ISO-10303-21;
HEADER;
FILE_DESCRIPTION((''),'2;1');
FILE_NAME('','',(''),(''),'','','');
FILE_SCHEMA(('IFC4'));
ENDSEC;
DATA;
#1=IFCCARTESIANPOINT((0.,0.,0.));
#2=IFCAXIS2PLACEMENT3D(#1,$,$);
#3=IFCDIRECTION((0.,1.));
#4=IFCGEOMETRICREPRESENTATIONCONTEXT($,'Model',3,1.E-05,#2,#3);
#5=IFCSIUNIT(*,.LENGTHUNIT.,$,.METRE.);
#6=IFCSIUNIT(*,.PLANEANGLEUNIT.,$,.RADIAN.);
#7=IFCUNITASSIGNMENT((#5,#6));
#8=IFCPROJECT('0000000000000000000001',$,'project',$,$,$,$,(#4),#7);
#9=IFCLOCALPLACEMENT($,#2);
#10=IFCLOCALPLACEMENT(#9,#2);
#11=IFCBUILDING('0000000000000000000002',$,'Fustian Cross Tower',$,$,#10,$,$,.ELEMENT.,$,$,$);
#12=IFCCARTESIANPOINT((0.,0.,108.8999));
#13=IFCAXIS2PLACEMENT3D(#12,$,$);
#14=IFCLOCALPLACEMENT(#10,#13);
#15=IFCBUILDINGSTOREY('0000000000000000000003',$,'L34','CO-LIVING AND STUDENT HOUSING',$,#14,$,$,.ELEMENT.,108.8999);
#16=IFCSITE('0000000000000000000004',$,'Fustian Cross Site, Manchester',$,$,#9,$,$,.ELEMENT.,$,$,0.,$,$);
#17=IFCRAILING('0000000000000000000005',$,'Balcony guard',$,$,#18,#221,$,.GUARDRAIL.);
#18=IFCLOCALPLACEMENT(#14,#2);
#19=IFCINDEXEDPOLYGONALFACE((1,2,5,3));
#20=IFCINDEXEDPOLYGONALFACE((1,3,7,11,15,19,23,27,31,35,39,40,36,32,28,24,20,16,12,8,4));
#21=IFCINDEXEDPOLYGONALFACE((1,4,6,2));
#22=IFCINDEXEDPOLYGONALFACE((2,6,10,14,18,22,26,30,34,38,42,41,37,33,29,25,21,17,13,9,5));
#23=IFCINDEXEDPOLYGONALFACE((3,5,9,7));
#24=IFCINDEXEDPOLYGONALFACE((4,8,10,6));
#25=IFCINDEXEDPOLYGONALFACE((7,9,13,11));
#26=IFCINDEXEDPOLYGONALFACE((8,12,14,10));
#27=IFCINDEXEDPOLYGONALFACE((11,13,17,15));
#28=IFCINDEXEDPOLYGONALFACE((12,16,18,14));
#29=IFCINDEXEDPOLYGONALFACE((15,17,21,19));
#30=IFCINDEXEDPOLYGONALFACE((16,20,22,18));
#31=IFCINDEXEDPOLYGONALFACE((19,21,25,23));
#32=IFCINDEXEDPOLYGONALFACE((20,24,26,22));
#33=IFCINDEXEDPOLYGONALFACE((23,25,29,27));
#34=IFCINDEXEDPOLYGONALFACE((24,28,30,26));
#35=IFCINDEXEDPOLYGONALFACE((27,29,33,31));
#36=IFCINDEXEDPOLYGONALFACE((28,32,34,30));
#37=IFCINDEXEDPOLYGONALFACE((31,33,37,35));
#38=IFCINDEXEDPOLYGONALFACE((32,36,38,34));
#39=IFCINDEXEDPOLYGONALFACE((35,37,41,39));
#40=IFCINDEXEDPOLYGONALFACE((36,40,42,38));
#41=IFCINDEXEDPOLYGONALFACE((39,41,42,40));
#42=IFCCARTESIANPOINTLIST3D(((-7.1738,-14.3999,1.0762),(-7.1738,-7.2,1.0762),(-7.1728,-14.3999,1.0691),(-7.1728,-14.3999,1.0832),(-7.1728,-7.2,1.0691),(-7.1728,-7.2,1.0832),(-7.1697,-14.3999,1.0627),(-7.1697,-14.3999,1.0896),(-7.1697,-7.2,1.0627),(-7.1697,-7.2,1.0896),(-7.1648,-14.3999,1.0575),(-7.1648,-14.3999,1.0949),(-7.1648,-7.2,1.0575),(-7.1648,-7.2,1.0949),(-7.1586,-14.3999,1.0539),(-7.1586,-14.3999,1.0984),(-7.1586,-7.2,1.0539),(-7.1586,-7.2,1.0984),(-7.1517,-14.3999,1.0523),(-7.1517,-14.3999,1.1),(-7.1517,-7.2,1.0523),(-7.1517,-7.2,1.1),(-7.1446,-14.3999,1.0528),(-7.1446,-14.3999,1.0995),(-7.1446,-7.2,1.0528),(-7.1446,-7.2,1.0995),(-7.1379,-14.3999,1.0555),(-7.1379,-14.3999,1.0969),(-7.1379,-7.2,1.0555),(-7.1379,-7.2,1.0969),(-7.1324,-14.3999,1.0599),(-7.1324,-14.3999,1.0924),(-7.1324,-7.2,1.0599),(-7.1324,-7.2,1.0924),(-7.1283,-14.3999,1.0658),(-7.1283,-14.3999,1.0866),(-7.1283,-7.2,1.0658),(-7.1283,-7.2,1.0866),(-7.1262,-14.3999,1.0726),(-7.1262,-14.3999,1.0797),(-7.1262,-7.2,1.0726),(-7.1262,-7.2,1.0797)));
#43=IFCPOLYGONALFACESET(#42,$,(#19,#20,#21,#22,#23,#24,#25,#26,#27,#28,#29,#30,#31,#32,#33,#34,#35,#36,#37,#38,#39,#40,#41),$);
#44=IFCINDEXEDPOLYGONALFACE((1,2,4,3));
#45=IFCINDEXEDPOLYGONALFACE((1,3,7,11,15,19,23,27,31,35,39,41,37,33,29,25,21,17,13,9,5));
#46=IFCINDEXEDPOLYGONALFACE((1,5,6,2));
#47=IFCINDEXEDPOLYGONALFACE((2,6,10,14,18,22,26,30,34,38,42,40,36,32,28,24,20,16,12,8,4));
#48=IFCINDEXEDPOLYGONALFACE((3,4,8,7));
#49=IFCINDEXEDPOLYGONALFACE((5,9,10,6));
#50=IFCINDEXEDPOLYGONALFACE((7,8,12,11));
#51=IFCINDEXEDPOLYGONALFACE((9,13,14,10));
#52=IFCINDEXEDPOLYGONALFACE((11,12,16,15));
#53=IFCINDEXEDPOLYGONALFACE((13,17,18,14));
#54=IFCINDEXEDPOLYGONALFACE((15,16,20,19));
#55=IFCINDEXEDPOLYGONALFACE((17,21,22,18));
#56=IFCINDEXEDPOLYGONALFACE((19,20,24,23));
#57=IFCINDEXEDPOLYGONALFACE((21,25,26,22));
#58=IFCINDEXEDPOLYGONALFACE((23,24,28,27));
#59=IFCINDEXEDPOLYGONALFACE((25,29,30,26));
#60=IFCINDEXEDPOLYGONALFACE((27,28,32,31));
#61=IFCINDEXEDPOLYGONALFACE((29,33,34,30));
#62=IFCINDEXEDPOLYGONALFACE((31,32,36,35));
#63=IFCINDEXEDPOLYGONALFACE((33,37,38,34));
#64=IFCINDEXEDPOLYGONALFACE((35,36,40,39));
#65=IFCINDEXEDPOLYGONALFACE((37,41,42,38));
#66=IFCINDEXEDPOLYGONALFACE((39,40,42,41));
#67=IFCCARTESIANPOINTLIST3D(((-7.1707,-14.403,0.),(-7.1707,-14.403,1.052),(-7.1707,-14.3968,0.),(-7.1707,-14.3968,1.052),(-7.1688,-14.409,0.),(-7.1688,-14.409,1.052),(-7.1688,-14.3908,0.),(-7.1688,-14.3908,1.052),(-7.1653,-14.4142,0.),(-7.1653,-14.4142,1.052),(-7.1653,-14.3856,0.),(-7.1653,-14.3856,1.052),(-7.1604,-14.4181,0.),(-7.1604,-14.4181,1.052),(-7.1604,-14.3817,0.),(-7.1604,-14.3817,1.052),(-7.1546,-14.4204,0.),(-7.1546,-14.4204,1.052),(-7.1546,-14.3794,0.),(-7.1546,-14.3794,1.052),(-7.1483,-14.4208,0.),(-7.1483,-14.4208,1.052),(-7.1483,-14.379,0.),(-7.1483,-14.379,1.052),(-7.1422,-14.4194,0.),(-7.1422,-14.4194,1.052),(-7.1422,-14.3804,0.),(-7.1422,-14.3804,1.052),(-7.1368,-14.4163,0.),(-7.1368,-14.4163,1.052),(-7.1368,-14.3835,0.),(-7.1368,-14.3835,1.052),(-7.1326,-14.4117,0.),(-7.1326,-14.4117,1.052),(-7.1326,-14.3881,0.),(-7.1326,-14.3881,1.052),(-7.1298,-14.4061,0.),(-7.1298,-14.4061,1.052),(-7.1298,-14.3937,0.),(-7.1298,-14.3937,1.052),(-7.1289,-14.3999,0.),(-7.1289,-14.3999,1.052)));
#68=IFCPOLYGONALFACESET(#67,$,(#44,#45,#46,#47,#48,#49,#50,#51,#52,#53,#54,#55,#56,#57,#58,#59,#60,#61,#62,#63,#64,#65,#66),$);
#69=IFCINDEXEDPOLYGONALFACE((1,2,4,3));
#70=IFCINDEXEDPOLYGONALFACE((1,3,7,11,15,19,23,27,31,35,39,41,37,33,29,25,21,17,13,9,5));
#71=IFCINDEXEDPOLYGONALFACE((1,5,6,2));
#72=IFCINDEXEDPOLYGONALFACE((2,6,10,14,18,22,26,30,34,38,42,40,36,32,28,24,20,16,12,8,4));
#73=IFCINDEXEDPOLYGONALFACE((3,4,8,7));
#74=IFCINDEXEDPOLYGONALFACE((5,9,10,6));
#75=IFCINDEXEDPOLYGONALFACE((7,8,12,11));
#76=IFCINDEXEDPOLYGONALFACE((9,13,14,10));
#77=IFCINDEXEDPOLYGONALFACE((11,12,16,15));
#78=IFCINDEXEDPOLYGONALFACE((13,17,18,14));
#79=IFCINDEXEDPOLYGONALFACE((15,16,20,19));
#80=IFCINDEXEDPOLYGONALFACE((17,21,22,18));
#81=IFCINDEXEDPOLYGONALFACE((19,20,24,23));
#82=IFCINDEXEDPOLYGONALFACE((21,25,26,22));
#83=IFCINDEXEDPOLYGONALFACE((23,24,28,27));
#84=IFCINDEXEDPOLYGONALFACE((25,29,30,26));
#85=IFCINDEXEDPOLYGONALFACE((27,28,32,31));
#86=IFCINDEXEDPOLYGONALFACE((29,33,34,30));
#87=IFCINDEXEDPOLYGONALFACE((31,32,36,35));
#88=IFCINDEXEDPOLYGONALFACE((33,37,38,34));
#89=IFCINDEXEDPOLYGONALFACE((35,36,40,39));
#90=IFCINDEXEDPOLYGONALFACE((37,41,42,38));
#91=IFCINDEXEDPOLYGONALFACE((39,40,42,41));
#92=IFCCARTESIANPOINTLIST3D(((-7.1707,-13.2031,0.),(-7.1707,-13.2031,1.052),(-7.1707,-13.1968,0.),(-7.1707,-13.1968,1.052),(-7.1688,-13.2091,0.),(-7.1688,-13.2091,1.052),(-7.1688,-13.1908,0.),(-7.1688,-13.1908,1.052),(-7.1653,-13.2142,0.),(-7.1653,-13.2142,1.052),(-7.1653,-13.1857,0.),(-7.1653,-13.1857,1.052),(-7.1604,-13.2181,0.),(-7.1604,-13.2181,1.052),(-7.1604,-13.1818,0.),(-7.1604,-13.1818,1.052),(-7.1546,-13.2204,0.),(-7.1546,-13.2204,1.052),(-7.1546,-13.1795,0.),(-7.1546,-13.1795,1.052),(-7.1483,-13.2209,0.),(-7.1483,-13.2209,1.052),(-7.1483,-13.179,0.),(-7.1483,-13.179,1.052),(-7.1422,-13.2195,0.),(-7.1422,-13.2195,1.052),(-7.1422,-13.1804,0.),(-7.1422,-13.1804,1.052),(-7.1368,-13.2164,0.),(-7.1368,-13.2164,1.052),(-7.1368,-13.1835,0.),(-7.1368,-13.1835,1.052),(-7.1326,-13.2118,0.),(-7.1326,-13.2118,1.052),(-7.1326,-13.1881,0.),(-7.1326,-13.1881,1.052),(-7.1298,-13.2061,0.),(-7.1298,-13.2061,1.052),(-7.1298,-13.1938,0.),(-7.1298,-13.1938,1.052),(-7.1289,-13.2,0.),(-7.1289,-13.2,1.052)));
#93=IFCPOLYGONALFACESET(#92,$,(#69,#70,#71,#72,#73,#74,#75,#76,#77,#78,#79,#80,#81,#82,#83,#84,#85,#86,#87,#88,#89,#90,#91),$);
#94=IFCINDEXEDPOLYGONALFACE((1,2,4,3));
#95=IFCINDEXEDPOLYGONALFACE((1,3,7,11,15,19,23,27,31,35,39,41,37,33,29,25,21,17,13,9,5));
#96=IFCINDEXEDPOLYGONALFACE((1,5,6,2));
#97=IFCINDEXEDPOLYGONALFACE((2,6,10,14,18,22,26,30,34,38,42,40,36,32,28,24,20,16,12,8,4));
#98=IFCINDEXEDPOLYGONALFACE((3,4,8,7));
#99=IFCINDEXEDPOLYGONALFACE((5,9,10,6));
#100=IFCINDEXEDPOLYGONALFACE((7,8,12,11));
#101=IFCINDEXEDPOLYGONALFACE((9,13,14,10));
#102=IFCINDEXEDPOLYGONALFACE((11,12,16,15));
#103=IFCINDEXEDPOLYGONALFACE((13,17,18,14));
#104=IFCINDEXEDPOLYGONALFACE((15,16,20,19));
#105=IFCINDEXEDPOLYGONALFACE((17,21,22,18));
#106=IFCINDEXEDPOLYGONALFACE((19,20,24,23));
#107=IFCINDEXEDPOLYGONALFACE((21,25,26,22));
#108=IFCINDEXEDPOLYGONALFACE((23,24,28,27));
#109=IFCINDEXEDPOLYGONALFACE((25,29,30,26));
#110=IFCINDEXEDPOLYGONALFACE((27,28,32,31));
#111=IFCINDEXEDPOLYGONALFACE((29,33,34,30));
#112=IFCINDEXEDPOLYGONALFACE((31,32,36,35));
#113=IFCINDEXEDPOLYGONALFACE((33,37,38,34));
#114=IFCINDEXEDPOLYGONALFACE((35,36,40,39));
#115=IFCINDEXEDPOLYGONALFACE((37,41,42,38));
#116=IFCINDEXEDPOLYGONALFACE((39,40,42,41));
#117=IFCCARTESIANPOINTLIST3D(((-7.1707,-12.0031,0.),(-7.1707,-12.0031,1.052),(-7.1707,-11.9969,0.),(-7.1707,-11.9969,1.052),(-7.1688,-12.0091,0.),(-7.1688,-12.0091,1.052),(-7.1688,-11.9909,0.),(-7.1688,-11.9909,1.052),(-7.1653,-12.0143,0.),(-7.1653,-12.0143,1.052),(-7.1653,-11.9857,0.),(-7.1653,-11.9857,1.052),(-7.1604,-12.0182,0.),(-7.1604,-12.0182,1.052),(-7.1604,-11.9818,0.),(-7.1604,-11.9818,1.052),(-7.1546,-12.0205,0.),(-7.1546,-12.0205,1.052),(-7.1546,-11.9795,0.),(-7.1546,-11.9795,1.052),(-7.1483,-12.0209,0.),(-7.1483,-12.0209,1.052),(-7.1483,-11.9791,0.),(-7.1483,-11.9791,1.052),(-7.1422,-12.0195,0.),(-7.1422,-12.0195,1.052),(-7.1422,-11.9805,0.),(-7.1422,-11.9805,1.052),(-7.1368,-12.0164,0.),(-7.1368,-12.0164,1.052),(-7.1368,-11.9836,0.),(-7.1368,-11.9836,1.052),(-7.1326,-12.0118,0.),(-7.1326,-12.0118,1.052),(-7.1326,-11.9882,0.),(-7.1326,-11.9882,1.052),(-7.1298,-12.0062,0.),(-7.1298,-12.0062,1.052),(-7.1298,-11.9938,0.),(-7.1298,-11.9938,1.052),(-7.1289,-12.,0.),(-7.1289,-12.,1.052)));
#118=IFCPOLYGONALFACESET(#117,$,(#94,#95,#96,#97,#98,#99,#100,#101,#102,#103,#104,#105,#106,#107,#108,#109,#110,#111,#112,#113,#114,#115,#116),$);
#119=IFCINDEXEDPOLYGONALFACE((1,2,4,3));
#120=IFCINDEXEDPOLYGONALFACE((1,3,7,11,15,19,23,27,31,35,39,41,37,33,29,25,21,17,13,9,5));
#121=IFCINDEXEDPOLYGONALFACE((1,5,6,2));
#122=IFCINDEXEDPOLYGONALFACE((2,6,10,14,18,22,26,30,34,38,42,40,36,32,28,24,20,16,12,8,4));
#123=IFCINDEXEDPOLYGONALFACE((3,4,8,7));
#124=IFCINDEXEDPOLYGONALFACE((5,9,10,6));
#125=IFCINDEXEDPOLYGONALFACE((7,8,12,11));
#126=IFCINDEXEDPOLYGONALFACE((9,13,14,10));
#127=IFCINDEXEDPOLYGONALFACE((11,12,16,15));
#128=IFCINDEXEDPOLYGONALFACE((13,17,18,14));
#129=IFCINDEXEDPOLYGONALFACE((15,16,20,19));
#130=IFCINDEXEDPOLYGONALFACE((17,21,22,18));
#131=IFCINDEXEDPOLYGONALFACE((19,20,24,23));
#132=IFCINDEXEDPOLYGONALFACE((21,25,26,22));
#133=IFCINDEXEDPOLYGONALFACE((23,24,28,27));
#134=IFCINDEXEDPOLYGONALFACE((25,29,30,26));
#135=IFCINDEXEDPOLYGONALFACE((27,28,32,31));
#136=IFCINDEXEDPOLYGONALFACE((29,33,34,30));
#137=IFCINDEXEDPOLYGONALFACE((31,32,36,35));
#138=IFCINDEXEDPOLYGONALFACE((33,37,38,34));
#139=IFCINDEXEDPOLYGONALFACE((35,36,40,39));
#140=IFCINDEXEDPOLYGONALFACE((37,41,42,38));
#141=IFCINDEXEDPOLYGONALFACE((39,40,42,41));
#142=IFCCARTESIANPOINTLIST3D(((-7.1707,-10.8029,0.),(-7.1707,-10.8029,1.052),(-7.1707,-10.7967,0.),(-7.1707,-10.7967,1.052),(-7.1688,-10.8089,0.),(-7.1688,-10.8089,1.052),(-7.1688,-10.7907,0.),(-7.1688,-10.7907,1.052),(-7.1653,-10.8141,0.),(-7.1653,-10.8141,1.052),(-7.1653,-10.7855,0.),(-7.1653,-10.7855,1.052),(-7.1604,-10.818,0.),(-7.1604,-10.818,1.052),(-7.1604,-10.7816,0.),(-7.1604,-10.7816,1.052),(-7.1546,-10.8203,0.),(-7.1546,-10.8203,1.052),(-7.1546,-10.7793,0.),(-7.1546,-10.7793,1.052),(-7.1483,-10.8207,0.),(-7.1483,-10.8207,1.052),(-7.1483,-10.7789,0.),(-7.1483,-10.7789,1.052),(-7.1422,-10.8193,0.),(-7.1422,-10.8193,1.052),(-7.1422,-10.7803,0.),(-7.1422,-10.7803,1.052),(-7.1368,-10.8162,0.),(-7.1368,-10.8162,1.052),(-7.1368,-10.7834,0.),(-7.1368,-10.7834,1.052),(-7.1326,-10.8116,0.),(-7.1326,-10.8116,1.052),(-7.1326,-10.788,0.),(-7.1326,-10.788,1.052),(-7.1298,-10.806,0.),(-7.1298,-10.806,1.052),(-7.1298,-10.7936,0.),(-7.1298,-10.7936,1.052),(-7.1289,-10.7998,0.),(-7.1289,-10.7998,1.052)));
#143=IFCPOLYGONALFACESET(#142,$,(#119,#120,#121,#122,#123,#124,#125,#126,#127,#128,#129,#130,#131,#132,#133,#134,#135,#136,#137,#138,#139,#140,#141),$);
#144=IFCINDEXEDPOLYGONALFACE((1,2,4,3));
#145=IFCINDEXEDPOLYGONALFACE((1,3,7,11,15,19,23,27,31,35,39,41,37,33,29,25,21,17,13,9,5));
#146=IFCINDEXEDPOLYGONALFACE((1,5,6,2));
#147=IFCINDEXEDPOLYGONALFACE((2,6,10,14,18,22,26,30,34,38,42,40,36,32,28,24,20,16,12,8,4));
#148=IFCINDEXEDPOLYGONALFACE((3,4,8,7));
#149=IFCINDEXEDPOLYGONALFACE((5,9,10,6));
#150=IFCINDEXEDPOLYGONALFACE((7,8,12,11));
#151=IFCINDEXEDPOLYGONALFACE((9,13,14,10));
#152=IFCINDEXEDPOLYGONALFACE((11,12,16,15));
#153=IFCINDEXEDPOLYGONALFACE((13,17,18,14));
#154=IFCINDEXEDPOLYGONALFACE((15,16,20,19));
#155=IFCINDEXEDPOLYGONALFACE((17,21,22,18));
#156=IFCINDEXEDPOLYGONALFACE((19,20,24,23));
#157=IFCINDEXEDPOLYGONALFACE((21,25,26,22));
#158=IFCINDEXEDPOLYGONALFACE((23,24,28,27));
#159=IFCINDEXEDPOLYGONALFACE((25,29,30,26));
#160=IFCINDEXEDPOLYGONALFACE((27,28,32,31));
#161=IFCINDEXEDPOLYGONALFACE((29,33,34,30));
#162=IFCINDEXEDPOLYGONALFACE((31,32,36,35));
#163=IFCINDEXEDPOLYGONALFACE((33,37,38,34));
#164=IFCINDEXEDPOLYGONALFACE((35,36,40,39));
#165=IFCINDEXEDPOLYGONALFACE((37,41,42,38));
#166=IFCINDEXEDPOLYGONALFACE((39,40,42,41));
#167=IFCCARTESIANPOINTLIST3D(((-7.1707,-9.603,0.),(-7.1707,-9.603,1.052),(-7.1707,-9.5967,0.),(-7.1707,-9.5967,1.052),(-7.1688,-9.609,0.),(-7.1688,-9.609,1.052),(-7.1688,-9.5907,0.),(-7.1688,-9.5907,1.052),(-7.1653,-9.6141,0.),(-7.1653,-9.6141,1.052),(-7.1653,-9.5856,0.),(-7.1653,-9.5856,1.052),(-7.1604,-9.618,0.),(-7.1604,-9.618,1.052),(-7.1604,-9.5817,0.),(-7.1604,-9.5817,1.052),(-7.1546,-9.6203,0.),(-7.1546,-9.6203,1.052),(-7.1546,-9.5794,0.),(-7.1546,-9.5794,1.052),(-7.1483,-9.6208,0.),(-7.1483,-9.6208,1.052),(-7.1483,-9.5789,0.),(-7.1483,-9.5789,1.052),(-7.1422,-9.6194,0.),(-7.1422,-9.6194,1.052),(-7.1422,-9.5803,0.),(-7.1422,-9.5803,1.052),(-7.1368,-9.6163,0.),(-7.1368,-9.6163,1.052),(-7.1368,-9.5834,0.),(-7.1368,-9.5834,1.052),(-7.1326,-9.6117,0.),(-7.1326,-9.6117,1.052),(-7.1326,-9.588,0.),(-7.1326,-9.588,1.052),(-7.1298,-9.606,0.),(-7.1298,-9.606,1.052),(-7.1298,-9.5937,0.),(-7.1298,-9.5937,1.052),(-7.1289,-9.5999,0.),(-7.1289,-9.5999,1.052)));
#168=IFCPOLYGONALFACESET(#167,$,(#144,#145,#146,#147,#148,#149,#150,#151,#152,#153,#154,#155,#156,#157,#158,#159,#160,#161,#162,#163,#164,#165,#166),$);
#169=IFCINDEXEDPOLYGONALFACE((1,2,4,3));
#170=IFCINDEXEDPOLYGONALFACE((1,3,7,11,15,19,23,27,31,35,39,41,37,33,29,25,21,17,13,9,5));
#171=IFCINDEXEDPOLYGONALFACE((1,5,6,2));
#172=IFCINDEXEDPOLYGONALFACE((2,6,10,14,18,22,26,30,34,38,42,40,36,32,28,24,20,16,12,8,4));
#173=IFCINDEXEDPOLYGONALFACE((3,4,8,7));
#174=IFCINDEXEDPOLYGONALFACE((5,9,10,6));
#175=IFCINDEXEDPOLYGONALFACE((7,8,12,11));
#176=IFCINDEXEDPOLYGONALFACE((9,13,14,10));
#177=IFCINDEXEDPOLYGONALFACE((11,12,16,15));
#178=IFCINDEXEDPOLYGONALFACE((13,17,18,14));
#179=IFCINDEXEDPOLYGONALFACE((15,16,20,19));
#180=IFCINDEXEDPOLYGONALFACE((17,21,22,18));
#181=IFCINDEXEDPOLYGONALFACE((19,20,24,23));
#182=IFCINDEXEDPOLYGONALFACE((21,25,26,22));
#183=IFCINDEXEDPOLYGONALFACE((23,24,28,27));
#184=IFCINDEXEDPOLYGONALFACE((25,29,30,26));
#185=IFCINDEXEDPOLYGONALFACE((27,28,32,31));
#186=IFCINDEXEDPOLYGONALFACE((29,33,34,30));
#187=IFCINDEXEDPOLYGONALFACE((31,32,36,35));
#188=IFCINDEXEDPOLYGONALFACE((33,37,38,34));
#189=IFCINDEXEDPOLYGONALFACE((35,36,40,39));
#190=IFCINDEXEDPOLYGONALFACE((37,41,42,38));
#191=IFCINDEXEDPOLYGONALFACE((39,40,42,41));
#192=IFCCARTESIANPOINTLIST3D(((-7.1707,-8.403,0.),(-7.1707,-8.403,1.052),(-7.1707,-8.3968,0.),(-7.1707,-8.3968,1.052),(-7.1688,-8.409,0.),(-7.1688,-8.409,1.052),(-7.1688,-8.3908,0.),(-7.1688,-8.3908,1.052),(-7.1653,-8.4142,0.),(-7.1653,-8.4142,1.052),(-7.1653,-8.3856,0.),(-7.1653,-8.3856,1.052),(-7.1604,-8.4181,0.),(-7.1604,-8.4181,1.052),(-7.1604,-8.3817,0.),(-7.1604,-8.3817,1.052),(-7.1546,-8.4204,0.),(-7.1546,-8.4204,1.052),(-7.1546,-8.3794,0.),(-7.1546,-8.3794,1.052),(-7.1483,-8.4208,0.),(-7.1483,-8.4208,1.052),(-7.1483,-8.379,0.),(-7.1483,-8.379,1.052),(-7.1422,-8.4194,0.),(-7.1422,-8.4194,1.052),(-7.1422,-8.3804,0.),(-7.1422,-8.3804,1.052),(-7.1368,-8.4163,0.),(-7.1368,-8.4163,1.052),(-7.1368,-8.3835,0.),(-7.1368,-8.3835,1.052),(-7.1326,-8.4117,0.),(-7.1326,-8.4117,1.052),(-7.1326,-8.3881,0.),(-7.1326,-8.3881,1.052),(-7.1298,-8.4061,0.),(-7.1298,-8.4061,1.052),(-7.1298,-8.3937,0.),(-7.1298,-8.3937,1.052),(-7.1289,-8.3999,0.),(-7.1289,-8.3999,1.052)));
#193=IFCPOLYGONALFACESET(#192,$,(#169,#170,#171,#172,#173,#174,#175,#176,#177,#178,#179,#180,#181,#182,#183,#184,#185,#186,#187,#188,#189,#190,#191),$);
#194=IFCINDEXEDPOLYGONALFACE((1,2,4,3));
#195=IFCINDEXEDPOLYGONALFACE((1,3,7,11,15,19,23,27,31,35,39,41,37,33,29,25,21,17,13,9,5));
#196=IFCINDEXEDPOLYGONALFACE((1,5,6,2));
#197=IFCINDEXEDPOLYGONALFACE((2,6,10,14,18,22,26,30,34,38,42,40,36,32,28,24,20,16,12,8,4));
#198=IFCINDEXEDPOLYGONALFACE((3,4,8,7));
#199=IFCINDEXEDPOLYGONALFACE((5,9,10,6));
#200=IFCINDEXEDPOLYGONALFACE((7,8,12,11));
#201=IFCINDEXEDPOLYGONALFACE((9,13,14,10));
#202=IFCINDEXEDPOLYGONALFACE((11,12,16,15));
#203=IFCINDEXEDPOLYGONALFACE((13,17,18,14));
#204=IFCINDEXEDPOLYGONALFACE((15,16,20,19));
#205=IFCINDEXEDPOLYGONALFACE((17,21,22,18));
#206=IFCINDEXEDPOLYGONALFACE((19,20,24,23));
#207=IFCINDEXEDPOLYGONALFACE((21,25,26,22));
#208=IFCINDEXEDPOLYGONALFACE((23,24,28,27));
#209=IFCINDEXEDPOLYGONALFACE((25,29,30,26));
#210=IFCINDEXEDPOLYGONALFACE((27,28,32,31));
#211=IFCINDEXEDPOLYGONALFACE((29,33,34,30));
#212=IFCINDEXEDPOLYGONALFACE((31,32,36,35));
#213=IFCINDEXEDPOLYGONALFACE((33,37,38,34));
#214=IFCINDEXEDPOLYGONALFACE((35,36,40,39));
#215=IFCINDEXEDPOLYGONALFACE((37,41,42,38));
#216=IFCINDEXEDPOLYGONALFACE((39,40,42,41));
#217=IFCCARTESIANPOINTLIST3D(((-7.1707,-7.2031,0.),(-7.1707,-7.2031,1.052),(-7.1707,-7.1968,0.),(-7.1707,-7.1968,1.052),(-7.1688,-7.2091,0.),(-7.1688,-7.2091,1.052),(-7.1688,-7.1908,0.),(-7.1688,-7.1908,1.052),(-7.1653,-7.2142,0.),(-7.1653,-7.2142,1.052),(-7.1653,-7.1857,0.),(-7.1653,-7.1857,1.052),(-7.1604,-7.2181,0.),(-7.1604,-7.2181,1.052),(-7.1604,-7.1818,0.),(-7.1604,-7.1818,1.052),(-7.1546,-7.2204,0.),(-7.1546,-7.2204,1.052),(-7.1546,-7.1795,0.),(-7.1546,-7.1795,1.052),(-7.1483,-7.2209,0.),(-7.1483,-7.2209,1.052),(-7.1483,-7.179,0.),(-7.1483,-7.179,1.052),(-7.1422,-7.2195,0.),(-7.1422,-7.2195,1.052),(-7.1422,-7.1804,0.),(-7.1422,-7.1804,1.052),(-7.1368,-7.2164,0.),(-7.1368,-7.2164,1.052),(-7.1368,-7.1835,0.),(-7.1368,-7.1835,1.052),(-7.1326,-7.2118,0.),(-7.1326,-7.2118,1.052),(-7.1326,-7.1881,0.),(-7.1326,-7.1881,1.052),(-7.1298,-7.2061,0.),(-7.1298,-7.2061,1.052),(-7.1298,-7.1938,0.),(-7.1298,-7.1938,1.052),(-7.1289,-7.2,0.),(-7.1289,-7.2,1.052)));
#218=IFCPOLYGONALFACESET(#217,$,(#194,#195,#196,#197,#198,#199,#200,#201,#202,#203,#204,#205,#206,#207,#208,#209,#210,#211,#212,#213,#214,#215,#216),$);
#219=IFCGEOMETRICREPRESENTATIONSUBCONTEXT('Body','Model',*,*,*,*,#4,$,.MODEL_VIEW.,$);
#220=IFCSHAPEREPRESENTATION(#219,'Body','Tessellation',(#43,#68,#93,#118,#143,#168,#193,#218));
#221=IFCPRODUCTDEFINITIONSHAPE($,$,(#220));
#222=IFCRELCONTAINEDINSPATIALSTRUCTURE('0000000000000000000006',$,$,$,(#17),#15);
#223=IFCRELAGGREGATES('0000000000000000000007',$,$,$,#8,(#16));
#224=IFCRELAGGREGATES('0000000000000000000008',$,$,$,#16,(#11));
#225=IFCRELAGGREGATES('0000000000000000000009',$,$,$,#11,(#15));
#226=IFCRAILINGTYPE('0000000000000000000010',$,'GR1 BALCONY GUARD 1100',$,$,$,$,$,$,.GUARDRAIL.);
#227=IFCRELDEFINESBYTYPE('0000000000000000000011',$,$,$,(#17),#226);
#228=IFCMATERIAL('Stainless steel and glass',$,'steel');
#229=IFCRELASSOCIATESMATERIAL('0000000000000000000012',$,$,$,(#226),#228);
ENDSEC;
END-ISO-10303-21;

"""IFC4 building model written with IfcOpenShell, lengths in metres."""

from ifc_helpers import new_model, si_unit, direction, frame, origin, origin_2d, place, context, subcontext, project, spatial, circle, extrude, material, type_object, element, save


model = new_model("IFC4")

# Units and contexts
model_context = context("Model", 3, precision=1e-05, world=origin(), true_north=direction((0.0, 1.0)))
body_context = subcontext(model_context, "Body", "Model", "MODEL_VIEW")
ifc_project = project(units=[si_unit("LENGTHUNIT", "METRE"), si_unit("PLANEANGLEUNIT", "RADIAN")], contexts=[model_context])

# Site, building, storey
site_placement = place(None, origin())
site = spatial("IfcSite", under=ifc_project, at=site_placement, Name="Fustian Cross Site, Manchester", CompositionType="ELEMENT", RefElevation=0.0)
building_placement = place(site_placement, origin())
building = spatial("IfcBuilding", under=site, at=building_placement, Name="Fustian Cross Tower", CompositionType="ELEMENT")
storey_placement = place(building_placement, frame((0.0, 0.0, 108.8999)))
storey = spatial("IfcBuildingStorey", under=building, at=storey_placement, Name="L34", Description="CO-LIVING AND STUDENT HOUSING", CompositionType="ELEMENT", Elevation=108.8999)

# Railing
ifc_material_1 = material(Name="Stainless steel and glass", Category="steel")
railing_type = type_object("IfcRailingType", Name="GR1 BALCONY GUARD 1100", PredefinedType="GUARDRAIL", material=ifc_material_1)
railing_placement = place(storey_placement, frame((-7.1499, -14.3999, 0.0)))
element("IfcRailing", 1, at=railing_placement, inside=storey, type_object=railing_type, Name="Balcony guard", PredefinedType="GUARDRAIL", context=body_context, shape_type="SweptSolid", body=[
    extrude(circle(Radius=0.0239, at=origin_2d()), frame((0.0, 0.0, 1.0762), z_axis=(0.0, 1.0, 0.0), x_axis=(-1.0, 0.0, 0.0)), (0.0, 0.0, 1.0), 7.2),
    extrude(circle(Radius=0.021, at=origin_2d()), origin(), (0.0, 0.0, 1.0), 1.052),
    extrude(circle(Radius=0.021, at=origin_2d()), frame((0.0, 1.2, 0.0)), (0.0, 0.0, 1.0), 1.052),
    extrude(circle(Radius=0.021, at=origin_2d()), frame((0.0, 2.3999, 0.0)), (0.0, 0.0, 1.0), 1.052),
    extrude(circle(Radius=0.021, at=origin_2d()), frame((0.0, 3.6001, 0.0)), (0.0, 0.0, 1.0), 1.052),
    extrude(circle(Radius=0.021, at=origin_2d()), frame((0.0, 4.8, 0.0)), (0.0, 0.0, 1.0), 1.052),
    extrude(circle(Radius=0.021, at=origin_2d()), frame((0.0, 6.0, 0.0)), (0.0, 0.0, 1.0), 1.052),
    extrude(circle(Radius=0.021, at=origin_2d()), frame((0.0, 7.2, 0.0)), (0.0, 0.0, 1.0), 1.052),
])

save(model, "model.ifc")
